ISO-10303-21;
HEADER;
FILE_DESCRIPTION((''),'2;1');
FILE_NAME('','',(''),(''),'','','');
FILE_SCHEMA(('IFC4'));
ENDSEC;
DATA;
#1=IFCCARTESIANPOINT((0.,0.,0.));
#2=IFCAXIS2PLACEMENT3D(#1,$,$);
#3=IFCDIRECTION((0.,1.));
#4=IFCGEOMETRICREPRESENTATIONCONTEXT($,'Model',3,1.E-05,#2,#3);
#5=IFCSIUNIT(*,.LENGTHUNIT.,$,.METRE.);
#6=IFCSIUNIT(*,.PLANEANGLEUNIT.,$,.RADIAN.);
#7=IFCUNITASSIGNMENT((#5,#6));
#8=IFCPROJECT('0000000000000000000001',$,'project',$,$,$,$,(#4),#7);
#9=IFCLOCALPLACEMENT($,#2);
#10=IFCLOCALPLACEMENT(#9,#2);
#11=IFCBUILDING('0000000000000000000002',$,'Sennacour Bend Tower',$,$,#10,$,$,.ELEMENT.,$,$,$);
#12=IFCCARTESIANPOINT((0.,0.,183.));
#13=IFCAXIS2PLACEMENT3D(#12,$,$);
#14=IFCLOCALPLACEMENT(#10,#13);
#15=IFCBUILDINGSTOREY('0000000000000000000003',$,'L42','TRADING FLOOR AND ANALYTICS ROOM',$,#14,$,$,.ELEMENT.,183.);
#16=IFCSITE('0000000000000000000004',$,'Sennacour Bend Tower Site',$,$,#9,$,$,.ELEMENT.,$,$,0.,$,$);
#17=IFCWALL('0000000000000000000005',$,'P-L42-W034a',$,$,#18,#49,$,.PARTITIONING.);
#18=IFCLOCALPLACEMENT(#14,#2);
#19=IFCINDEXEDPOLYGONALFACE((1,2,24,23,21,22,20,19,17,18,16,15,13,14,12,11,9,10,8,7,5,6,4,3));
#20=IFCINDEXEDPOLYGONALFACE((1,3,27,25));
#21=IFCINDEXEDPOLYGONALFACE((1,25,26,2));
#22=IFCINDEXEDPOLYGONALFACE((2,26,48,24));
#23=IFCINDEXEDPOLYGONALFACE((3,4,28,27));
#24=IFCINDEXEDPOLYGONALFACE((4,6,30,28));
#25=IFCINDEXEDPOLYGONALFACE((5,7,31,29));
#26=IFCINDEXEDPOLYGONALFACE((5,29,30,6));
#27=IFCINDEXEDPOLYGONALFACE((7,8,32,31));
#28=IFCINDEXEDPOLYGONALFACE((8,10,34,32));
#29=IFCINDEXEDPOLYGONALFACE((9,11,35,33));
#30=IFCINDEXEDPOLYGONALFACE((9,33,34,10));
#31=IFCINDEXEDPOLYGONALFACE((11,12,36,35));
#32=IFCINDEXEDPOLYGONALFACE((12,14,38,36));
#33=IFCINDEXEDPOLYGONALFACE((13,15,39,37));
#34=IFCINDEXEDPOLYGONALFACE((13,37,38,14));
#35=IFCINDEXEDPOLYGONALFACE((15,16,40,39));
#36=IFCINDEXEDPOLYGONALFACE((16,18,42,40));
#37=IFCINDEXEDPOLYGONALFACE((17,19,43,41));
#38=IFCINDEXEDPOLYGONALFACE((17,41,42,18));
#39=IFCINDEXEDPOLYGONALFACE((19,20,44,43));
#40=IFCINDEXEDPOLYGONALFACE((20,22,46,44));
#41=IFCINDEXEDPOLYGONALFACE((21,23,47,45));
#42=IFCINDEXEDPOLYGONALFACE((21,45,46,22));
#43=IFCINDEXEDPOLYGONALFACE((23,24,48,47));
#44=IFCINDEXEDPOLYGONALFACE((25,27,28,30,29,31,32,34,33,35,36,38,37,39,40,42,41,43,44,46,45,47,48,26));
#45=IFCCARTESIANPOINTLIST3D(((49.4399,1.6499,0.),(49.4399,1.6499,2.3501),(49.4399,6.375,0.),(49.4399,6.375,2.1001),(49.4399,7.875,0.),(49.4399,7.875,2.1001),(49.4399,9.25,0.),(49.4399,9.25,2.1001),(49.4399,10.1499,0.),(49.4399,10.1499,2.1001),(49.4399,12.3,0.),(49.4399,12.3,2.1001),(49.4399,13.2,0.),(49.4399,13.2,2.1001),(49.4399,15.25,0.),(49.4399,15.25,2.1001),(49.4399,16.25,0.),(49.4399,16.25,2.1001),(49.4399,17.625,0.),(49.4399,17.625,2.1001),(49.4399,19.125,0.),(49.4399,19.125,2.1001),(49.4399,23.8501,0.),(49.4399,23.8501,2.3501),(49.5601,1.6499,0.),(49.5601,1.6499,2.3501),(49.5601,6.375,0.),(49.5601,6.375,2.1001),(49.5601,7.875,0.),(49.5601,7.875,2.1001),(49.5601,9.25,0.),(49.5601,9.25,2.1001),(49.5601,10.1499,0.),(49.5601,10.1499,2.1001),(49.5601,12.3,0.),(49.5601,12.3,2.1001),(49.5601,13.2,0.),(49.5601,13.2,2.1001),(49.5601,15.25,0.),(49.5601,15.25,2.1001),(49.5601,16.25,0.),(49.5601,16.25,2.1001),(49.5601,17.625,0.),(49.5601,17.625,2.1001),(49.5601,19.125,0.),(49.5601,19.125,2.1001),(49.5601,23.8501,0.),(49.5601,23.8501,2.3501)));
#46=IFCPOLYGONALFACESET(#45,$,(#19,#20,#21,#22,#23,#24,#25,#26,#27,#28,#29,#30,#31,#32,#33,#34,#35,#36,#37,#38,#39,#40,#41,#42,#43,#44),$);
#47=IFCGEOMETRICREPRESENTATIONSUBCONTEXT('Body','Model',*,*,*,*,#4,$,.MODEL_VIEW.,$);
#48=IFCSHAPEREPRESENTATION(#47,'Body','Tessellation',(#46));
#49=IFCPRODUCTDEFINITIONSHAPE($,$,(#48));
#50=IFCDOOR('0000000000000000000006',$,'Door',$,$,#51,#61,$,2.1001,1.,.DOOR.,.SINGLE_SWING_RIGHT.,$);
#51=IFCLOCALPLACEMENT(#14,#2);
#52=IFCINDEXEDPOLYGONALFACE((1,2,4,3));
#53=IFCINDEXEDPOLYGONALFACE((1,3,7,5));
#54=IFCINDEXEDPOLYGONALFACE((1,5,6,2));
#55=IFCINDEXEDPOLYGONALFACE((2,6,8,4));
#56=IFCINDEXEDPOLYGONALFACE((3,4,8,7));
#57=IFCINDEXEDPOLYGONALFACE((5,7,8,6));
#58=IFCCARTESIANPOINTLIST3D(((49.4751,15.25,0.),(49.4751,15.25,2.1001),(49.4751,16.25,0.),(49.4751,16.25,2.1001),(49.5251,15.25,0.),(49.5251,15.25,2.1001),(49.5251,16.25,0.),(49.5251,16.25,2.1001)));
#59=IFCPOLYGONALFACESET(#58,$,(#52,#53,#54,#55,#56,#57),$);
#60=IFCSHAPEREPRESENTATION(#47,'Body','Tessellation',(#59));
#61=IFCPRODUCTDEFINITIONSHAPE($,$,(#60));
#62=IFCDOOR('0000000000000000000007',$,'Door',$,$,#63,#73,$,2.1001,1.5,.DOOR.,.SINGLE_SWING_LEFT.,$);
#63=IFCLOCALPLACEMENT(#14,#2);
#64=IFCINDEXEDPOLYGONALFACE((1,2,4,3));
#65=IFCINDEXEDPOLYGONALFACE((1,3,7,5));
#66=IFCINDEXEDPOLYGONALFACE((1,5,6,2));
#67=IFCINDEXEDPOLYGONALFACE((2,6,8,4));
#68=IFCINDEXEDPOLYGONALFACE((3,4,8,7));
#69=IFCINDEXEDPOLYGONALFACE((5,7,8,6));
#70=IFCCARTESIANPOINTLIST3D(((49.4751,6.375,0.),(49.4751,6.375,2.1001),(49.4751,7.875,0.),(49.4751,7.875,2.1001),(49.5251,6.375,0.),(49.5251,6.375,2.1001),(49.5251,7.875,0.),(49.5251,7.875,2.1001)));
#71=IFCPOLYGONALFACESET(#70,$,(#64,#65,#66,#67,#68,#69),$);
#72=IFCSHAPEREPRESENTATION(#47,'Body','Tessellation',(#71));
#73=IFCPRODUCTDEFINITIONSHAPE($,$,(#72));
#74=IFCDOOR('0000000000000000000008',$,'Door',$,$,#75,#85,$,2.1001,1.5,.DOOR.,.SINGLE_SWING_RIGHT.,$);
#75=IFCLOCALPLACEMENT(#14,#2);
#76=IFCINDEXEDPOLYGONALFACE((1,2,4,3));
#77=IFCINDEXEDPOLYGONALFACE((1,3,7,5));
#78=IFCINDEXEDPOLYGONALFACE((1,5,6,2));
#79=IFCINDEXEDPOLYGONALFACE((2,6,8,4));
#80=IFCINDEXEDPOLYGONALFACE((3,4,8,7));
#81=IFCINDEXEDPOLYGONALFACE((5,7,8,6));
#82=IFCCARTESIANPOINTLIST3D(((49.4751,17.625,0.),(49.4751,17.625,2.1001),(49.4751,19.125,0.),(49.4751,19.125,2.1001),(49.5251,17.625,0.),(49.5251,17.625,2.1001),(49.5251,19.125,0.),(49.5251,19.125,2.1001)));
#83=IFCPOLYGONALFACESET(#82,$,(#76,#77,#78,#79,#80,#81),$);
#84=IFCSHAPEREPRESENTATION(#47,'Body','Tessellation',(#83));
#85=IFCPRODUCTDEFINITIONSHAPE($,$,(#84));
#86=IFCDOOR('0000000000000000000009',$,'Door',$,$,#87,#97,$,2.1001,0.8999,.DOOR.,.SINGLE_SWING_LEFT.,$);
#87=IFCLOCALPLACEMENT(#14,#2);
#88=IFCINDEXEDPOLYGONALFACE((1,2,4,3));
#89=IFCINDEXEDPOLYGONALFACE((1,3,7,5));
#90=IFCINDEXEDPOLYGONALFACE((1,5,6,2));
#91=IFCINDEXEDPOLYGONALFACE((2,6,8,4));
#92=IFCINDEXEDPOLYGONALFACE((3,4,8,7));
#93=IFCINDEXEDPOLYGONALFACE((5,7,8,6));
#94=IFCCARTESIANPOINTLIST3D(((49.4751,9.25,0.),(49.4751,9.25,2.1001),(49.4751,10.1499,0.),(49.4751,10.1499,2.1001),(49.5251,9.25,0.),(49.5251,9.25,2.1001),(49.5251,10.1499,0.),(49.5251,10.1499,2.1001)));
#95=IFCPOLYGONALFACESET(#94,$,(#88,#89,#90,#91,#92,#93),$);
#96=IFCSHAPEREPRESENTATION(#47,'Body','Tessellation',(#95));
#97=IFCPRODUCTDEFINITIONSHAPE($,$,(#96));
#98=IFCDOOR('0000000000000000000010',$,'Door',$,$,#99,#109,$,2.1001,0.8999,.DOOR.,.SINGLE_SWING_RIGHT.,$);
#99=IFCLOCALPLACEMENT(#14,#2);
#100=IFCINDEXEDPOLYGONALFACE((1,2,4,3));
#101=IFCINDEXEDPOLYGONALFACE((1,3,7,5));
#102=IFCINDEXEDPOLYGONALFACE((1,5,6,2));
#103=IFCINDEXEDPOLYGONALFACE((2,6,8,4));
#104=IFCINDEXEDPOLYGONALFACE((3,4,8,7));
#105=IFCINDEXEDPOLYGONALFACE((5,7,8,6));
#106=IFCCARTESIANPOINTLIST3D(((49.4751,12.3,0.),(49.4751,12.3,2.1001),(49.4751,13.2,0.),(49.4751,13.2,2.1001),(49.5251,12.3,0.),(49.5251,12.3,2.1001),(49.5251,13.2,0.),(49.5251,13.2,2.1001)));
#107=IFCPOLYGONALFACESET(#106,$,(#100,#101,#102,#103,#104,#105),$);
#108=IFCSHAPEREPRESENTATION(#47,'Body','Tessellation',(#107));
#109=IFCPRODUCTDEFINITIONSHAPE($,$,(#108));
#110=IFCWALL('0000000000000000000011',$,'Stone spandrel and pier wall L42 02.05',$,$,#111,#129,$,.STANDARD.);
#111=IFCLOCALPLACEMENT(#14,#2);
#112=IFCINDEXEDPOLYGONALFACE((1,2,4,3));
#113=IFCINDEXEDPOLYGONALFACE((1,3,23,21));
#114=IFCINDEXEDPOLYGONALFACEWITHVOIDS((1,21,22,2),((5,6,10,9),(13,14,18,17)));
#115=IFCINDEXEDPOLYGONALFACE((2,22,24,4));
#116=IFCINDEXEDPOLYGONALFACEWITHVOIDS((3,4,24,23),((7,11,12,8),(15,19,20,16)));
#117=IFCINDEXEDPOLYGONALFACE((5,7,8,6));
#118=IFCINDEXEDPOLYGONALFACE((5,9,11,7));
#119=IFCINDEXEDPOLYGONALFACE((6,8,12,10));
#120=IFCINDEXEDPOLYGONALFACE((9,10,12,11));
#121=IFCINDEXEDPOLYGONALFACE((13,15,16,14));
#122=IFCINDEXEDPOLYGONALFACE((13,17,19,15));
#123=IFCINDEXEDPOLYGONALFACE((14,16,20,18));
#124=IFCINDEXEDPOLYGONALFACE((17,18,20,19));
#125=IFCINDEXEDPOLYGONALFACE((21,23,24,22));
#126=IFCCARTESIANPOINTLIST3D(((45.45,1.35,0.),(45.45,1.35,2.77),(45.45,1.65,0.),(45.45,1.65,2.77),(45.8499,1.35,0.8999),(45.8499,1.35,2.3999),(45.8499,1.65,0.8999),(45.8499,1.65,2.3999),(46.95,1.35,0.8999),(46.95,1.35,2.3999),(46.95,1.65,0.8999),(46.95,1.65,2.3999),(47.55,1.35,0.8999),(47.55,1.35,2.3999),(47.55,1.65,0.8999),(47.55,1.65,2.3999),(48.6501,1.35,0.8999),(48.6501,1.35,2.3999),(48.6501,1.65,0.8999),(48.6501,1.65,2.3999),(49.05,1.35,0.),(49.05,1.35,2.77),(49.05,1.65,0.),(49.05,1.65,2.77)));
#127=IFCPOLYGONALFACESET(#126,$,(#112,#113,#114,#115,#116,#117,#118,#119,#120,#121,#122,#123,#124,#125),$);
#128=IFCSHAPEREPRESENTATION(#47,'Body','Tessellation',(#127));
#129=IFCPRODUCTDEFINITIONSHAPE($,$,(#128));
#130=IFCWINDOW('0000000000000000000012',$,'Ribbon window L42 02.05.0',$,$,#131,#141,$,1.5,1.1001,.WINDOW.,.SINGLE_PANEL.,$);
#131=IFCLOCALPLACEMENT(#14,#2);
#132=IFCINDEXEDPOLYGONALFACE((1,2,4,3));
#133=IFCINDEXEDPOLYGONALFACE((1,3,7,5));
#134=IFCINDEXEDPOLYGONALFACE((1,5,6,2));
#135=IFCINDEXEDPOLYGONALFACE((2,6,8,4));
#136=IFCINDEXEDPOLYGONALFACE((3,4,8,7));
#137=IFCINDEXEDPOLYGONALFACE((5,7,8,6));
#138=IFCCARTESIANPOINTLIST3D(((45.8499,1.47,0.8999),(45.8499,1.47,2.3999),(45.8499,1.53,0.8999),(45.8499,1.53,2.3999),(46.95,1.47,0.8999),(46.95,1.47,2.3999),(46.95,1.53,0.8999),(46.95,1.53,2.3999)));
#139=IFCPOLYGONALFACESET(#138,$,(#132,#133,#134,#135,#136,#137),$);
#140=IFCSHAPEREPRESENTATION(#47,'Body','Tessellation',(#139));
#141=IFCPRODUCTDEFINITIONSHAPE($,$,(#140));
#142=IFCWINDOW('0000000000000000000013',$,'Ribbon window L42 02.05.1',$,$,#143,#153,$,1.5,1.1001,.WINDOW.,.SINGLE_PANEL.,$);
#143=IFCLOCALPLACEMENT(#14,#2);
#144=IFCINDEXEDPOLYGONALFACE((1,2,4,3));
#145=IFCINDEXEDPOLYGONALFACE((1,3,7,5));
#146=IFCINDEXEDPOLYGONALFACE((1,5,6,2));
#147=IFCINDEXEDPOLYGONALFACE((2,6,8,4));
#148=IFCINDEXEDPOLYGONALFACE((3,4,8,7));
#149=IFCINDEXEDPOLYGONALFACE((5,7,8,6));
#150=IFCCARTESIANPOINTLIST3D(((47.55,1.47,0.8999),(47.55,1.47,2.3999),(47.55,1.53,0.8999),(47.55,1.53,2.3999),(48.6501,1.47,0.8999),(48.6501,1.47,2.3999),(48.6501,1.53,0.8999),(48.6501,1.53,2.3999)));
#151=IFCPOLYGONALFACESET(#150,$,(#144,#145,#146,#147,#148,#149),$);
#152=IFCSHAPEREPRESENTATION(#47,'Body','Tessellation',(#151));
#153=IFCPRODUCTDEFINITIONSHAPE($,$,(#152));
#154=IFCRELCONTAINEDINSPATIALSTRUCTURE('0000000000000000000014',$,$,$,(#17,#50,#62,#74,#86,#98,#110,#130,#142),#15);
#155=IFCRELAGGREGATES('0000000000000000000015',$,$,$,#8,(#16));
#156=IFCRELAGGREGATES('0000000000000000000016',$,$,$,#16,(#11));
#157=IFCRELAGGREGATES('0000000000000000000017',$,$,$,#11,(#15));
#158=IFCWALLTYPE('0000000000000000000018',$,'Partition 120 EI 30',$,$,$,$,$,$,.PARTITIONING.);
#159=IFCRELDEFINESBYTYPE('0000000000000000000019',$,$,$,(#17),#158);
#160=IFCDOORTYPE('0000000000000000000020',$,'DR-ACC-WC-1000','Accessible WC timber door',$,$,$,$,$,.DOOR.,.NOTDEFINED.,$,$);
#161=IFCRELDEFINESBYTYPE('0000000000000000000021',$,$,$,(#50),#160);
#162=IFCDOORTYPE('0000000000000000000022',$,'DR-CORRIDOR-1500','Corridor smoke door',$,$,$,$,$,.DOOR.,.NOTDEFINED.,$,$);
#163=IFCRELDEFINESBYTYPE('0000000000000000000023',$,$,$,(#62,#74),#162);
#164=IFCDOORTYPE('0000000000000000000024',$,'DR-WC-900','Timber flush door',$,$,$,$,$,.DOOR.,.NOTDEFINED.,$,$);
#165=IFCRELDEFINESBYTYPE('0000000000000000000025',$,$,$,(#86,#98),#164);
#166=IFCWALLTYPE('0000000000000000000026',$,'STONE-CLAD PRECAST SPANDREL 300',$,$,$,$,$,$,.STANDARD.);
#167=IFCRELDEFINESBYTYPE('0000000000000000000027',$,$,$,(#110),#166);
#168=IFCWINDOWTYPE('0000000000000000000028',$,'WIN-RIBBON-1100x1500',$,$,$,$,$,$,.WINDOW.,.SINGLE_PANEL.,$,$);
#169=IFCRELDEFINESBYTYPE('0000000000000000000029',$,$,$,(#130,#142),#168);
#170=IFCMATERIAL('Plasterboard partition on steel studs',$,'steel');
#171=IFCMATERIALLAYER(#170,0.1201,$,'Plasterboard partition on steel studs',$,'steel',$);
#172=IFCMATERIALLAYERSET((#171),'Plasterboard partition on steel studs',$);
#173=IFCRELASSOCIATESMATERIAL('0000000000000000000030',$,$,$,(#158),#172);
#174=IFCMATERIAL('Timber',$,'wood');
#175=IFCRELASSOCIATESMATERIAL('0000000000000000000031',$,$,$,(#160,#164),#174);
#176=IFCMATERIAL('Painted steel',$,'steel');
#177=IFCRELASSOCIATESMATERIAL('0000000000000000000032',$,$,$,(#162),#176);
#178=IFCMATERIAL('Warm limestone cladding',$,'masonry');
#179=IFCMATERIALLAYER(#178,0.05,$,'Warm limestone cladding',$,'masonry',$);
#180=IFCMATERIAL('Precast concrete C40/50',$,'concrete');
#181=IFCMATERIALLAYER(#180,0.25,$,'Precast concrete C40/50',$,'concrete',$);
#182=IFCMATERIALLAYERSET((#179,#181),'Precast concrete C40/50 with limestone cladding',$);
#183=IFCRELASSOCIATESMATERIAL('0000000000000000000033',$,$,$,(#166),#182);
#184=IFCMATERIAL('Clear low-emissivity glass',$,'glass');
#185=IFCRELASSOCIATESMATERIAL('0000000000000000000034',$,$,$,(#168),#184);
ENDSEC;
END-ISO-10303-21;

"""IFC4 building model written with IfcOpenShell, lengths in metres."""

from ifc_helpers import new_model, si_unit, direction, frame, frame_2d, origin, place, context, subcontext, project, spatial, rectangle, extrude, material, layer, layer_set, type_object, element, fill, save


model = new_model("IFC4")

# Units and contexts
model_context = context("Model", 3, precision=1e-05, world=origin(), true_north=direction((0.0, 1.0)))
body_context = subcontext(model_context, "Body", "Model", "MODEL_VIEW")
ifc_project = project(units=[si_unit("LENGTHUNIT", "METRE"), si_unit("PLANEANGLEUNIT", "RADIAN")], contexts=[model_context])

# Site, building, storey
site_placement = place(None, origin())
site = spatial("IfcSite", under=ifc_project, at=site_placement, Name="Sennacour Bend Tower Site", CompositionType="ELEMENT", RefElevation=0.0)
building_placement = place(site_placement, origin())
building = spatial("IfcBuilding", under=site, at=building_placement, Name="Sennacour Bend Tower", CompositionType="ELEMENT")
storey_placement = place(building_placement, frame((0.0, 0.0, 183.0)))
storey = spatial("IfcBuildingStorey", under=building, at=storey_placement, Name="L42", Description="TRADING FLOOR AND ANALYTICS ROOM", CompositionType="ELEMENT", Elevation=183.0)

# Shared definitions
ifc_material_1 = material(Name="Plasterboard partition on steel studs", Category="steel")

# Wall, openings, doors
ifc_layer_1 = layer(ifc_material_1, 0.1201, Name="Plasterboard partition on steel studs", Category="steel")
ifc_layer_set_1 = layer_set([ifc_layer_1], Name="Plasterboard partition on steel studs")
wall_type_1 = type_object("IfcWallType", Name="Partition 120 EI 30", PredefinedType="PARTITIONING", material=ifc_layer_set_1)
wall_1_placement = place(storey_placement, frame((49.5, 1.6499, 0.0), z_axis=(0.0, 0.0, 1.0), x_axis=(0.0, 1.0, 0.0)))
wall_1 = element("IfcWall", 1, at=wall_1_placement, inside=storey, type_object=wall_type_1, Name="P-L42-W034a", PredefinedType="PARTITIONING", context=body_context, shape_type="SweptSolid", body=[
    extrude(rectangle(XDim=22.2002, YDim=0.1201, at=frame_2d((11.1001, 0.0))), origin(), (0.0, 0.0, 1.0), 2.3501),
])
opening_1_placement = place(wall_1_placement, frame((4.7251, 0.0, 0.0)))
opening_1 = element("IfcOpeningElement", 2, at=opening_1_placement, cuts=wall_1, PredefinedType="OPENING", context=body_context, shape_type="SweptSolid", body=[
    extrude(rectangle(XDim=1.5, YDim=2.1001, at=frame_2d((0.75, 1.05))), frame((0.0, 0.0701, 0.0), z_axis=(0.0, -1.0, 0.0), x_axis=(1.0, 0.0, 0.0)), (0.0, 0.0, 1.0), 0.1401),
])
opening_2_placement = place(wall_1_placement, frame((15.9751, 0.0, 0.0)))
opening_2 = element("IfcOpeningElement", 3, at=opening_2_placement, cuts=wall_1, PredefinedType="OPENING", context=body_context, shape_type="SweptSolid", body=[
    extrude(rectangle(XDim=1.5, YDim=2.1001, at=frame_2d((0.75, 1.05))), frame((0.0, 0.0701, 0.0), z_axis=(0.0, -1.0, 0.0), x_axis=(1.0, 0.0, 0.0)), (0.0, 0.0, 1.0), 0.1401),
])
opening_3_placement = place(wall_1_placement, frame((7.6001, 0.0, 0.0)))
opening_3 = element("IfcOpeningElement", 4, at=opening_3_placement, cuts=wall_1, PredefinedType="OPENING", context=body_context, shape_type="SweptSolid", body=[
    extrude(rectangle(XDim=0.8999, YDim=2.1001, at=frame_2d((0.45, 1.05))), frame((0.0, 0.0701, 0.0), z_axis=(0.0, -1.0, 0.0), x_axis=(1.0, 0.0, 0.0)), (0.0, 0.0, 1.0), 0.1401),
])
opening_4_placement = place(wall_1_placement, frame((10.6501, 0.0, 0.0)))
opening_4 = element("IfcOpeningElement", 5, at=opening_4_placement, cuts=wall_1, PredefinedType="OPENING", context=body_context, shape_type="SweptSolid", body=[
    extrude(rectangle(XDim=0.8999, YDim=2.1001, at=frame_2d((0.45, 1.05))), frame((0.0, 0.0701, 0.0), z_axis=(0.0, -1.0, 0.0), x_axis=(1.0, 0.0, 0.0)), (0.0, 0.0, 1.0), 0.1401),
])
opening_5_placement = place(wall_1_placement, frame((13.6001, 0.0, 0.0)))
opening_5 = element("IfcOpeningElement", 6, at=opening_5_placement, cuts=wall_1, PredefinedType="OPENING", context=body_context, shape_type="SweptSolid", body=[
    extrude(rectangle(XDim=1.0, YDim=2.1001, at=frame_2d((0.5, 1.05))), frame((0.0, 0.0701, 0.0), z_axis=(0.0, -1.0, 0.0), x_axis=(1.0, 0.0, 0.0)), (0.0, 0.0, 1.0), 0.1401),
])
ifc_material_2 = material(Name="Timber", Category="wood")
door_type_1 = type_object("IfcDoorType", Name="DR-ACC-WC-1000", Description="Accessible WC timber door", OperationType="NOTDEFINED", PredefinedType="DOOR", material=ifc_material_2)
door_1_placement = place(opening_5_placement, origin())
door_1 = element("IfcDoor", 7, at=door_1_placement, inside=storey, type_object=door_type_1, Name="Door", OperationType="SINGLE_SWING_RIGHT", OverallHeight=2.1001, OverallWidth=1.0, PredefinedType="DOOR", context=body_context, shape_type="SweptSolid", body=[
    extrude(rectangle(XDim=1.0, YDim=2.1001, at=frame_2d((0.5, 1.05))), frame((0.0, 0.0249, 0.0), z_axis=(0.0, -1.0, 0.0), x_axis=(1.0, 0.0, 0.0)), (0.0, 0.0, 1.0), 0.05),
])
fill(opening_5, door_1)
ifc_material_3 = material(Name="Painted steel", Category="steel")
door_type_2 = type_object("IfcDoorType", Name="DR-CORRIDOR-1500", Description="Corridor smoke door", OperationType="NOTDEFINED", PredefinedType="DOOR", material=ifc_material_3)
door_2_placement = place(opening_1_placement, origin())
door_2 = element("IfcDoor", 8, at=door_2_placement, inside=storey, type_object=door_type_2, Name="Door", OperationType="SINGLE_SWING_LEFT", OverallHeight=2.1001, OverallWidth=1.5, PredefinedType="DOOR", context=body_context, shape_type="SweptSolid", body=[
    extrude(rectangle(XDim=1.5, YDim=2.1001, at=frame_2d((0.75, 1.05))), frame((0.0, 0.0249, 0.0), z_axis=(0.0, -1.0, 0.0), x_axis=(1.0, 0.0, 0.0)), (0.0, 0.0, 1.0), 0.05),
])
fill(opening_1, door_2)
door_3_placement = place(opening_2_placement, origin())
door_3 = element("IfcDoor", 9, at=door_3_placement, inside=storey, type_object=door_type_2, Name="Door", OperationType="SINGLE_SWING_RIGHT", OverallHeight=2.1001, OverallWidth=1.5, PredefinedType="DOOR", context=body_context, shape_type="SweptSolid", body=[
    extrude(rectangle(XDim=1.5, YDim=2.1001, at=frame_2d((0.75, 1.05))), frame((0.0, 0.0249, 0.0), z_axis=(0.0, -1.0, 0.0), x_axis=(1.0, 0.0, 0.0)), (0.0, 0.0, 1.0), 0.05),
])
fill(opening_2, door_3)
door_type_3 = type_object("IfcDoorType", Name="DR-WC-900", Description="Timber flush door", OperationType="NOTDEFINED", PredefinedType="DOOR", material=ifc_material_2)
door_4_placement = place(opening_3_placement, origin())
door_4 = element("IfcDoor", 10, at=door_4_placement, inside=storey, type_object=door_type_3, Name="Door", OperationType="SINGLE_SWING_LEFT", OverallHeight=2.1001, OverallWidth=0.8999, PredefinedType="DOOR", context=body_context, shape_type="SweptSolid", body=[
    extrude(rectangle(XDim=0.8999, YDim=2.1001, at=frame_2d((0.45, 1.05))), frame((0.0, 0.0249, 0.0), z_axis=(0.0, -1.0, 0.0), x_axis=(1.0, 0.0, 0.0)), (0.0, 0.0, 1.0), 0.05),
])
fill(opening_3, door_4)
door_5_placement = place(opening_4_placement, origin())
door_5 = element("IfcDoor", 11, at=door_5_placement, inside=storey, type_object=door_type_3, Name="Door", OperationType="SINGLE_SWING_RIGHT", OverallHeight=2.1001, OverallWidth=0.8999, PredefinedType="DOOR", context=body_context, shape_type="SweptSolid", body=[
    extrude(rectangle(XDim=0.8999, YDim=2.1001, at=frame_2d((0.45, 1.05))), frame((0.0, 0.0249, 0.0), z_axis=(0.0, -1.0, 0.0), x_axis=(1.0, 0.0, 0.0)), (0.0, 0.0, 1.0), 0.05),
])
fill(opening_4, door_5)

# Wall, openings, windows
ifc_material_4 = material(Name="Warm limestone cladding", Category="masonry")
ifc_layer_2 = layer(ifc_material_4, 0.05, Name="Warm limestone cladding", Category="masonry")
ifc_material_5 = material(Name="Precast concrete C40/50", Category="concrete")
ifc_layer_3 = layer(ifc_material_5, 0.25, Name="Precast concrete C40/50", Category="concrete")
ifc_layer_set_2 = layer_set([ifc_layer_2, ifc_layer_3], Name="Precast concrete C40/50 with limestone cladding")
wall_type_2 = type_object("IfcWallType", Name="STONE-CLAD PRECAST SPANDREL 300", PredefinedType="STANDARD", material=ifc_layer_set_2)
wall_2_placement = place(storey_placement, frame((45.45, 1.5, 0.0), z_axis=(0.0, 0.0, 1.0), x_axis=(1.0, 0.0, 0.0)))
wall_2 = element("IfcWall", 12, at=wall_2_placement, inside=storey, type_object=wall_type_2, Name="Stone spandrel and pier wall L42 02.05", PredefinedType="STANDARD", context=body_context, shape_type="SweptSolid", body=[
    extrude(rectangle(XDim=3.6001, YDim=0.3, at=frame_2d((1.8, 0.0))), origin(), (0.0, 0.0, 1.0), 2.77),
])
opening_6_placement = place(wall_2_placement, frame((0.3999, 0.0, 0.8999)))
opening_6 = element("IfcOpeningElement", 13, at=opening_6_placement, cuts=wall_2, PredefinedType="OPENING", context=body_context, shape_type="SweptSolid", body=[
    extrude(rectangle(XDim=1.1001, YDim=1.5, at=frame_2d((0.55, 0.75))), frame((0.0, 0.1602, 0.0), z_axis=(0.0, -1.0, 0.0), x_axis=(1.0, 0.0, 0.0)), (0.0, 0.0, 1.0), 0.3201),
])
opening_7_placement = place(wall_2_placement, frame((2.1001, 0.0, 0.8999)))
opening_7 = element("IfcOpeningElement", 14, at=opening_7_placement, cuts=wall_2, PredefinedType="OPENING", context=body_context, shape_type="SweptSolid", body=[
    extrude(rectangle(XDim=1.1001, YDim=1.5, at=frame_2d((0.55, 0.75))), frame((0.0, 0.1602, 0.0), z_axis=(0.0, -1.0, 0.0), x_axis=(1.0, 0.0, 0.0)), (0.0, 0.0, 1.0), 0.3201),
])
ifc_material_6 = material(Name="Clear low-emissivity glass", Category="glass")
window_type = type_object("IfcWindowType", Name="WIN-RIBBON-1100x1500", PartitioningType="SINGLE_PANEL", PredefinedType="WINDOW", material=ifc_material_6)
window_1_placement = place(opening_6_placement, origin())
window_1 = element("IfcWindow", 15, at=window_1_placement, inside=storey, type_object=window_type, Name="Ribbon window L42 02.05.0", OverallHeight=1.5, OverallWidth=1.1001, PartitioningType="SINGLE_PANEL", PredefinedType="WINDOW", context=body_context, shape_type="SweptSolid", body=[
    extrude(rectangle(XDim=1.1001, YDim=1.5, at=frame_2d((0.55, 0.75))), frame((0.0, 0.03, 0.0), z_axis=(0.0, -1.0, 0.0), x_axis=(1.0, 0.0, 0.0)), (0.0, 0.0, 1.0), 0.0601),
])
fill(opening_6, window_1)
window_2_placement = place(opening_7_placement, origin())
window_2 = element("IfcWindow", 16, at=window_2_placement, inside=storey, type_object=window_type, Name="Ribbon window L42 02.05.1", OverallHeight=1.5, OverallWidth=1.1001, PartitioningType="SINGLE_PANEL", PredefinedType="WINDOW", context=body_context, shape_type="SweptSolid", body=[
    extrude(rectangle(XDim=1.1001, YDim=1.5, at=frame_2d((0.55, 0.75))), frame((0.0, 0.03, 0.0), z_axis=(0.0, -1.0, 0.0), x_axis=(1.0, 0.0, 0.0)), (0.0, 0.0, 1.0), 0.0601),
])
fill(opening_7, window_2)

save(model, "model.ifc")
